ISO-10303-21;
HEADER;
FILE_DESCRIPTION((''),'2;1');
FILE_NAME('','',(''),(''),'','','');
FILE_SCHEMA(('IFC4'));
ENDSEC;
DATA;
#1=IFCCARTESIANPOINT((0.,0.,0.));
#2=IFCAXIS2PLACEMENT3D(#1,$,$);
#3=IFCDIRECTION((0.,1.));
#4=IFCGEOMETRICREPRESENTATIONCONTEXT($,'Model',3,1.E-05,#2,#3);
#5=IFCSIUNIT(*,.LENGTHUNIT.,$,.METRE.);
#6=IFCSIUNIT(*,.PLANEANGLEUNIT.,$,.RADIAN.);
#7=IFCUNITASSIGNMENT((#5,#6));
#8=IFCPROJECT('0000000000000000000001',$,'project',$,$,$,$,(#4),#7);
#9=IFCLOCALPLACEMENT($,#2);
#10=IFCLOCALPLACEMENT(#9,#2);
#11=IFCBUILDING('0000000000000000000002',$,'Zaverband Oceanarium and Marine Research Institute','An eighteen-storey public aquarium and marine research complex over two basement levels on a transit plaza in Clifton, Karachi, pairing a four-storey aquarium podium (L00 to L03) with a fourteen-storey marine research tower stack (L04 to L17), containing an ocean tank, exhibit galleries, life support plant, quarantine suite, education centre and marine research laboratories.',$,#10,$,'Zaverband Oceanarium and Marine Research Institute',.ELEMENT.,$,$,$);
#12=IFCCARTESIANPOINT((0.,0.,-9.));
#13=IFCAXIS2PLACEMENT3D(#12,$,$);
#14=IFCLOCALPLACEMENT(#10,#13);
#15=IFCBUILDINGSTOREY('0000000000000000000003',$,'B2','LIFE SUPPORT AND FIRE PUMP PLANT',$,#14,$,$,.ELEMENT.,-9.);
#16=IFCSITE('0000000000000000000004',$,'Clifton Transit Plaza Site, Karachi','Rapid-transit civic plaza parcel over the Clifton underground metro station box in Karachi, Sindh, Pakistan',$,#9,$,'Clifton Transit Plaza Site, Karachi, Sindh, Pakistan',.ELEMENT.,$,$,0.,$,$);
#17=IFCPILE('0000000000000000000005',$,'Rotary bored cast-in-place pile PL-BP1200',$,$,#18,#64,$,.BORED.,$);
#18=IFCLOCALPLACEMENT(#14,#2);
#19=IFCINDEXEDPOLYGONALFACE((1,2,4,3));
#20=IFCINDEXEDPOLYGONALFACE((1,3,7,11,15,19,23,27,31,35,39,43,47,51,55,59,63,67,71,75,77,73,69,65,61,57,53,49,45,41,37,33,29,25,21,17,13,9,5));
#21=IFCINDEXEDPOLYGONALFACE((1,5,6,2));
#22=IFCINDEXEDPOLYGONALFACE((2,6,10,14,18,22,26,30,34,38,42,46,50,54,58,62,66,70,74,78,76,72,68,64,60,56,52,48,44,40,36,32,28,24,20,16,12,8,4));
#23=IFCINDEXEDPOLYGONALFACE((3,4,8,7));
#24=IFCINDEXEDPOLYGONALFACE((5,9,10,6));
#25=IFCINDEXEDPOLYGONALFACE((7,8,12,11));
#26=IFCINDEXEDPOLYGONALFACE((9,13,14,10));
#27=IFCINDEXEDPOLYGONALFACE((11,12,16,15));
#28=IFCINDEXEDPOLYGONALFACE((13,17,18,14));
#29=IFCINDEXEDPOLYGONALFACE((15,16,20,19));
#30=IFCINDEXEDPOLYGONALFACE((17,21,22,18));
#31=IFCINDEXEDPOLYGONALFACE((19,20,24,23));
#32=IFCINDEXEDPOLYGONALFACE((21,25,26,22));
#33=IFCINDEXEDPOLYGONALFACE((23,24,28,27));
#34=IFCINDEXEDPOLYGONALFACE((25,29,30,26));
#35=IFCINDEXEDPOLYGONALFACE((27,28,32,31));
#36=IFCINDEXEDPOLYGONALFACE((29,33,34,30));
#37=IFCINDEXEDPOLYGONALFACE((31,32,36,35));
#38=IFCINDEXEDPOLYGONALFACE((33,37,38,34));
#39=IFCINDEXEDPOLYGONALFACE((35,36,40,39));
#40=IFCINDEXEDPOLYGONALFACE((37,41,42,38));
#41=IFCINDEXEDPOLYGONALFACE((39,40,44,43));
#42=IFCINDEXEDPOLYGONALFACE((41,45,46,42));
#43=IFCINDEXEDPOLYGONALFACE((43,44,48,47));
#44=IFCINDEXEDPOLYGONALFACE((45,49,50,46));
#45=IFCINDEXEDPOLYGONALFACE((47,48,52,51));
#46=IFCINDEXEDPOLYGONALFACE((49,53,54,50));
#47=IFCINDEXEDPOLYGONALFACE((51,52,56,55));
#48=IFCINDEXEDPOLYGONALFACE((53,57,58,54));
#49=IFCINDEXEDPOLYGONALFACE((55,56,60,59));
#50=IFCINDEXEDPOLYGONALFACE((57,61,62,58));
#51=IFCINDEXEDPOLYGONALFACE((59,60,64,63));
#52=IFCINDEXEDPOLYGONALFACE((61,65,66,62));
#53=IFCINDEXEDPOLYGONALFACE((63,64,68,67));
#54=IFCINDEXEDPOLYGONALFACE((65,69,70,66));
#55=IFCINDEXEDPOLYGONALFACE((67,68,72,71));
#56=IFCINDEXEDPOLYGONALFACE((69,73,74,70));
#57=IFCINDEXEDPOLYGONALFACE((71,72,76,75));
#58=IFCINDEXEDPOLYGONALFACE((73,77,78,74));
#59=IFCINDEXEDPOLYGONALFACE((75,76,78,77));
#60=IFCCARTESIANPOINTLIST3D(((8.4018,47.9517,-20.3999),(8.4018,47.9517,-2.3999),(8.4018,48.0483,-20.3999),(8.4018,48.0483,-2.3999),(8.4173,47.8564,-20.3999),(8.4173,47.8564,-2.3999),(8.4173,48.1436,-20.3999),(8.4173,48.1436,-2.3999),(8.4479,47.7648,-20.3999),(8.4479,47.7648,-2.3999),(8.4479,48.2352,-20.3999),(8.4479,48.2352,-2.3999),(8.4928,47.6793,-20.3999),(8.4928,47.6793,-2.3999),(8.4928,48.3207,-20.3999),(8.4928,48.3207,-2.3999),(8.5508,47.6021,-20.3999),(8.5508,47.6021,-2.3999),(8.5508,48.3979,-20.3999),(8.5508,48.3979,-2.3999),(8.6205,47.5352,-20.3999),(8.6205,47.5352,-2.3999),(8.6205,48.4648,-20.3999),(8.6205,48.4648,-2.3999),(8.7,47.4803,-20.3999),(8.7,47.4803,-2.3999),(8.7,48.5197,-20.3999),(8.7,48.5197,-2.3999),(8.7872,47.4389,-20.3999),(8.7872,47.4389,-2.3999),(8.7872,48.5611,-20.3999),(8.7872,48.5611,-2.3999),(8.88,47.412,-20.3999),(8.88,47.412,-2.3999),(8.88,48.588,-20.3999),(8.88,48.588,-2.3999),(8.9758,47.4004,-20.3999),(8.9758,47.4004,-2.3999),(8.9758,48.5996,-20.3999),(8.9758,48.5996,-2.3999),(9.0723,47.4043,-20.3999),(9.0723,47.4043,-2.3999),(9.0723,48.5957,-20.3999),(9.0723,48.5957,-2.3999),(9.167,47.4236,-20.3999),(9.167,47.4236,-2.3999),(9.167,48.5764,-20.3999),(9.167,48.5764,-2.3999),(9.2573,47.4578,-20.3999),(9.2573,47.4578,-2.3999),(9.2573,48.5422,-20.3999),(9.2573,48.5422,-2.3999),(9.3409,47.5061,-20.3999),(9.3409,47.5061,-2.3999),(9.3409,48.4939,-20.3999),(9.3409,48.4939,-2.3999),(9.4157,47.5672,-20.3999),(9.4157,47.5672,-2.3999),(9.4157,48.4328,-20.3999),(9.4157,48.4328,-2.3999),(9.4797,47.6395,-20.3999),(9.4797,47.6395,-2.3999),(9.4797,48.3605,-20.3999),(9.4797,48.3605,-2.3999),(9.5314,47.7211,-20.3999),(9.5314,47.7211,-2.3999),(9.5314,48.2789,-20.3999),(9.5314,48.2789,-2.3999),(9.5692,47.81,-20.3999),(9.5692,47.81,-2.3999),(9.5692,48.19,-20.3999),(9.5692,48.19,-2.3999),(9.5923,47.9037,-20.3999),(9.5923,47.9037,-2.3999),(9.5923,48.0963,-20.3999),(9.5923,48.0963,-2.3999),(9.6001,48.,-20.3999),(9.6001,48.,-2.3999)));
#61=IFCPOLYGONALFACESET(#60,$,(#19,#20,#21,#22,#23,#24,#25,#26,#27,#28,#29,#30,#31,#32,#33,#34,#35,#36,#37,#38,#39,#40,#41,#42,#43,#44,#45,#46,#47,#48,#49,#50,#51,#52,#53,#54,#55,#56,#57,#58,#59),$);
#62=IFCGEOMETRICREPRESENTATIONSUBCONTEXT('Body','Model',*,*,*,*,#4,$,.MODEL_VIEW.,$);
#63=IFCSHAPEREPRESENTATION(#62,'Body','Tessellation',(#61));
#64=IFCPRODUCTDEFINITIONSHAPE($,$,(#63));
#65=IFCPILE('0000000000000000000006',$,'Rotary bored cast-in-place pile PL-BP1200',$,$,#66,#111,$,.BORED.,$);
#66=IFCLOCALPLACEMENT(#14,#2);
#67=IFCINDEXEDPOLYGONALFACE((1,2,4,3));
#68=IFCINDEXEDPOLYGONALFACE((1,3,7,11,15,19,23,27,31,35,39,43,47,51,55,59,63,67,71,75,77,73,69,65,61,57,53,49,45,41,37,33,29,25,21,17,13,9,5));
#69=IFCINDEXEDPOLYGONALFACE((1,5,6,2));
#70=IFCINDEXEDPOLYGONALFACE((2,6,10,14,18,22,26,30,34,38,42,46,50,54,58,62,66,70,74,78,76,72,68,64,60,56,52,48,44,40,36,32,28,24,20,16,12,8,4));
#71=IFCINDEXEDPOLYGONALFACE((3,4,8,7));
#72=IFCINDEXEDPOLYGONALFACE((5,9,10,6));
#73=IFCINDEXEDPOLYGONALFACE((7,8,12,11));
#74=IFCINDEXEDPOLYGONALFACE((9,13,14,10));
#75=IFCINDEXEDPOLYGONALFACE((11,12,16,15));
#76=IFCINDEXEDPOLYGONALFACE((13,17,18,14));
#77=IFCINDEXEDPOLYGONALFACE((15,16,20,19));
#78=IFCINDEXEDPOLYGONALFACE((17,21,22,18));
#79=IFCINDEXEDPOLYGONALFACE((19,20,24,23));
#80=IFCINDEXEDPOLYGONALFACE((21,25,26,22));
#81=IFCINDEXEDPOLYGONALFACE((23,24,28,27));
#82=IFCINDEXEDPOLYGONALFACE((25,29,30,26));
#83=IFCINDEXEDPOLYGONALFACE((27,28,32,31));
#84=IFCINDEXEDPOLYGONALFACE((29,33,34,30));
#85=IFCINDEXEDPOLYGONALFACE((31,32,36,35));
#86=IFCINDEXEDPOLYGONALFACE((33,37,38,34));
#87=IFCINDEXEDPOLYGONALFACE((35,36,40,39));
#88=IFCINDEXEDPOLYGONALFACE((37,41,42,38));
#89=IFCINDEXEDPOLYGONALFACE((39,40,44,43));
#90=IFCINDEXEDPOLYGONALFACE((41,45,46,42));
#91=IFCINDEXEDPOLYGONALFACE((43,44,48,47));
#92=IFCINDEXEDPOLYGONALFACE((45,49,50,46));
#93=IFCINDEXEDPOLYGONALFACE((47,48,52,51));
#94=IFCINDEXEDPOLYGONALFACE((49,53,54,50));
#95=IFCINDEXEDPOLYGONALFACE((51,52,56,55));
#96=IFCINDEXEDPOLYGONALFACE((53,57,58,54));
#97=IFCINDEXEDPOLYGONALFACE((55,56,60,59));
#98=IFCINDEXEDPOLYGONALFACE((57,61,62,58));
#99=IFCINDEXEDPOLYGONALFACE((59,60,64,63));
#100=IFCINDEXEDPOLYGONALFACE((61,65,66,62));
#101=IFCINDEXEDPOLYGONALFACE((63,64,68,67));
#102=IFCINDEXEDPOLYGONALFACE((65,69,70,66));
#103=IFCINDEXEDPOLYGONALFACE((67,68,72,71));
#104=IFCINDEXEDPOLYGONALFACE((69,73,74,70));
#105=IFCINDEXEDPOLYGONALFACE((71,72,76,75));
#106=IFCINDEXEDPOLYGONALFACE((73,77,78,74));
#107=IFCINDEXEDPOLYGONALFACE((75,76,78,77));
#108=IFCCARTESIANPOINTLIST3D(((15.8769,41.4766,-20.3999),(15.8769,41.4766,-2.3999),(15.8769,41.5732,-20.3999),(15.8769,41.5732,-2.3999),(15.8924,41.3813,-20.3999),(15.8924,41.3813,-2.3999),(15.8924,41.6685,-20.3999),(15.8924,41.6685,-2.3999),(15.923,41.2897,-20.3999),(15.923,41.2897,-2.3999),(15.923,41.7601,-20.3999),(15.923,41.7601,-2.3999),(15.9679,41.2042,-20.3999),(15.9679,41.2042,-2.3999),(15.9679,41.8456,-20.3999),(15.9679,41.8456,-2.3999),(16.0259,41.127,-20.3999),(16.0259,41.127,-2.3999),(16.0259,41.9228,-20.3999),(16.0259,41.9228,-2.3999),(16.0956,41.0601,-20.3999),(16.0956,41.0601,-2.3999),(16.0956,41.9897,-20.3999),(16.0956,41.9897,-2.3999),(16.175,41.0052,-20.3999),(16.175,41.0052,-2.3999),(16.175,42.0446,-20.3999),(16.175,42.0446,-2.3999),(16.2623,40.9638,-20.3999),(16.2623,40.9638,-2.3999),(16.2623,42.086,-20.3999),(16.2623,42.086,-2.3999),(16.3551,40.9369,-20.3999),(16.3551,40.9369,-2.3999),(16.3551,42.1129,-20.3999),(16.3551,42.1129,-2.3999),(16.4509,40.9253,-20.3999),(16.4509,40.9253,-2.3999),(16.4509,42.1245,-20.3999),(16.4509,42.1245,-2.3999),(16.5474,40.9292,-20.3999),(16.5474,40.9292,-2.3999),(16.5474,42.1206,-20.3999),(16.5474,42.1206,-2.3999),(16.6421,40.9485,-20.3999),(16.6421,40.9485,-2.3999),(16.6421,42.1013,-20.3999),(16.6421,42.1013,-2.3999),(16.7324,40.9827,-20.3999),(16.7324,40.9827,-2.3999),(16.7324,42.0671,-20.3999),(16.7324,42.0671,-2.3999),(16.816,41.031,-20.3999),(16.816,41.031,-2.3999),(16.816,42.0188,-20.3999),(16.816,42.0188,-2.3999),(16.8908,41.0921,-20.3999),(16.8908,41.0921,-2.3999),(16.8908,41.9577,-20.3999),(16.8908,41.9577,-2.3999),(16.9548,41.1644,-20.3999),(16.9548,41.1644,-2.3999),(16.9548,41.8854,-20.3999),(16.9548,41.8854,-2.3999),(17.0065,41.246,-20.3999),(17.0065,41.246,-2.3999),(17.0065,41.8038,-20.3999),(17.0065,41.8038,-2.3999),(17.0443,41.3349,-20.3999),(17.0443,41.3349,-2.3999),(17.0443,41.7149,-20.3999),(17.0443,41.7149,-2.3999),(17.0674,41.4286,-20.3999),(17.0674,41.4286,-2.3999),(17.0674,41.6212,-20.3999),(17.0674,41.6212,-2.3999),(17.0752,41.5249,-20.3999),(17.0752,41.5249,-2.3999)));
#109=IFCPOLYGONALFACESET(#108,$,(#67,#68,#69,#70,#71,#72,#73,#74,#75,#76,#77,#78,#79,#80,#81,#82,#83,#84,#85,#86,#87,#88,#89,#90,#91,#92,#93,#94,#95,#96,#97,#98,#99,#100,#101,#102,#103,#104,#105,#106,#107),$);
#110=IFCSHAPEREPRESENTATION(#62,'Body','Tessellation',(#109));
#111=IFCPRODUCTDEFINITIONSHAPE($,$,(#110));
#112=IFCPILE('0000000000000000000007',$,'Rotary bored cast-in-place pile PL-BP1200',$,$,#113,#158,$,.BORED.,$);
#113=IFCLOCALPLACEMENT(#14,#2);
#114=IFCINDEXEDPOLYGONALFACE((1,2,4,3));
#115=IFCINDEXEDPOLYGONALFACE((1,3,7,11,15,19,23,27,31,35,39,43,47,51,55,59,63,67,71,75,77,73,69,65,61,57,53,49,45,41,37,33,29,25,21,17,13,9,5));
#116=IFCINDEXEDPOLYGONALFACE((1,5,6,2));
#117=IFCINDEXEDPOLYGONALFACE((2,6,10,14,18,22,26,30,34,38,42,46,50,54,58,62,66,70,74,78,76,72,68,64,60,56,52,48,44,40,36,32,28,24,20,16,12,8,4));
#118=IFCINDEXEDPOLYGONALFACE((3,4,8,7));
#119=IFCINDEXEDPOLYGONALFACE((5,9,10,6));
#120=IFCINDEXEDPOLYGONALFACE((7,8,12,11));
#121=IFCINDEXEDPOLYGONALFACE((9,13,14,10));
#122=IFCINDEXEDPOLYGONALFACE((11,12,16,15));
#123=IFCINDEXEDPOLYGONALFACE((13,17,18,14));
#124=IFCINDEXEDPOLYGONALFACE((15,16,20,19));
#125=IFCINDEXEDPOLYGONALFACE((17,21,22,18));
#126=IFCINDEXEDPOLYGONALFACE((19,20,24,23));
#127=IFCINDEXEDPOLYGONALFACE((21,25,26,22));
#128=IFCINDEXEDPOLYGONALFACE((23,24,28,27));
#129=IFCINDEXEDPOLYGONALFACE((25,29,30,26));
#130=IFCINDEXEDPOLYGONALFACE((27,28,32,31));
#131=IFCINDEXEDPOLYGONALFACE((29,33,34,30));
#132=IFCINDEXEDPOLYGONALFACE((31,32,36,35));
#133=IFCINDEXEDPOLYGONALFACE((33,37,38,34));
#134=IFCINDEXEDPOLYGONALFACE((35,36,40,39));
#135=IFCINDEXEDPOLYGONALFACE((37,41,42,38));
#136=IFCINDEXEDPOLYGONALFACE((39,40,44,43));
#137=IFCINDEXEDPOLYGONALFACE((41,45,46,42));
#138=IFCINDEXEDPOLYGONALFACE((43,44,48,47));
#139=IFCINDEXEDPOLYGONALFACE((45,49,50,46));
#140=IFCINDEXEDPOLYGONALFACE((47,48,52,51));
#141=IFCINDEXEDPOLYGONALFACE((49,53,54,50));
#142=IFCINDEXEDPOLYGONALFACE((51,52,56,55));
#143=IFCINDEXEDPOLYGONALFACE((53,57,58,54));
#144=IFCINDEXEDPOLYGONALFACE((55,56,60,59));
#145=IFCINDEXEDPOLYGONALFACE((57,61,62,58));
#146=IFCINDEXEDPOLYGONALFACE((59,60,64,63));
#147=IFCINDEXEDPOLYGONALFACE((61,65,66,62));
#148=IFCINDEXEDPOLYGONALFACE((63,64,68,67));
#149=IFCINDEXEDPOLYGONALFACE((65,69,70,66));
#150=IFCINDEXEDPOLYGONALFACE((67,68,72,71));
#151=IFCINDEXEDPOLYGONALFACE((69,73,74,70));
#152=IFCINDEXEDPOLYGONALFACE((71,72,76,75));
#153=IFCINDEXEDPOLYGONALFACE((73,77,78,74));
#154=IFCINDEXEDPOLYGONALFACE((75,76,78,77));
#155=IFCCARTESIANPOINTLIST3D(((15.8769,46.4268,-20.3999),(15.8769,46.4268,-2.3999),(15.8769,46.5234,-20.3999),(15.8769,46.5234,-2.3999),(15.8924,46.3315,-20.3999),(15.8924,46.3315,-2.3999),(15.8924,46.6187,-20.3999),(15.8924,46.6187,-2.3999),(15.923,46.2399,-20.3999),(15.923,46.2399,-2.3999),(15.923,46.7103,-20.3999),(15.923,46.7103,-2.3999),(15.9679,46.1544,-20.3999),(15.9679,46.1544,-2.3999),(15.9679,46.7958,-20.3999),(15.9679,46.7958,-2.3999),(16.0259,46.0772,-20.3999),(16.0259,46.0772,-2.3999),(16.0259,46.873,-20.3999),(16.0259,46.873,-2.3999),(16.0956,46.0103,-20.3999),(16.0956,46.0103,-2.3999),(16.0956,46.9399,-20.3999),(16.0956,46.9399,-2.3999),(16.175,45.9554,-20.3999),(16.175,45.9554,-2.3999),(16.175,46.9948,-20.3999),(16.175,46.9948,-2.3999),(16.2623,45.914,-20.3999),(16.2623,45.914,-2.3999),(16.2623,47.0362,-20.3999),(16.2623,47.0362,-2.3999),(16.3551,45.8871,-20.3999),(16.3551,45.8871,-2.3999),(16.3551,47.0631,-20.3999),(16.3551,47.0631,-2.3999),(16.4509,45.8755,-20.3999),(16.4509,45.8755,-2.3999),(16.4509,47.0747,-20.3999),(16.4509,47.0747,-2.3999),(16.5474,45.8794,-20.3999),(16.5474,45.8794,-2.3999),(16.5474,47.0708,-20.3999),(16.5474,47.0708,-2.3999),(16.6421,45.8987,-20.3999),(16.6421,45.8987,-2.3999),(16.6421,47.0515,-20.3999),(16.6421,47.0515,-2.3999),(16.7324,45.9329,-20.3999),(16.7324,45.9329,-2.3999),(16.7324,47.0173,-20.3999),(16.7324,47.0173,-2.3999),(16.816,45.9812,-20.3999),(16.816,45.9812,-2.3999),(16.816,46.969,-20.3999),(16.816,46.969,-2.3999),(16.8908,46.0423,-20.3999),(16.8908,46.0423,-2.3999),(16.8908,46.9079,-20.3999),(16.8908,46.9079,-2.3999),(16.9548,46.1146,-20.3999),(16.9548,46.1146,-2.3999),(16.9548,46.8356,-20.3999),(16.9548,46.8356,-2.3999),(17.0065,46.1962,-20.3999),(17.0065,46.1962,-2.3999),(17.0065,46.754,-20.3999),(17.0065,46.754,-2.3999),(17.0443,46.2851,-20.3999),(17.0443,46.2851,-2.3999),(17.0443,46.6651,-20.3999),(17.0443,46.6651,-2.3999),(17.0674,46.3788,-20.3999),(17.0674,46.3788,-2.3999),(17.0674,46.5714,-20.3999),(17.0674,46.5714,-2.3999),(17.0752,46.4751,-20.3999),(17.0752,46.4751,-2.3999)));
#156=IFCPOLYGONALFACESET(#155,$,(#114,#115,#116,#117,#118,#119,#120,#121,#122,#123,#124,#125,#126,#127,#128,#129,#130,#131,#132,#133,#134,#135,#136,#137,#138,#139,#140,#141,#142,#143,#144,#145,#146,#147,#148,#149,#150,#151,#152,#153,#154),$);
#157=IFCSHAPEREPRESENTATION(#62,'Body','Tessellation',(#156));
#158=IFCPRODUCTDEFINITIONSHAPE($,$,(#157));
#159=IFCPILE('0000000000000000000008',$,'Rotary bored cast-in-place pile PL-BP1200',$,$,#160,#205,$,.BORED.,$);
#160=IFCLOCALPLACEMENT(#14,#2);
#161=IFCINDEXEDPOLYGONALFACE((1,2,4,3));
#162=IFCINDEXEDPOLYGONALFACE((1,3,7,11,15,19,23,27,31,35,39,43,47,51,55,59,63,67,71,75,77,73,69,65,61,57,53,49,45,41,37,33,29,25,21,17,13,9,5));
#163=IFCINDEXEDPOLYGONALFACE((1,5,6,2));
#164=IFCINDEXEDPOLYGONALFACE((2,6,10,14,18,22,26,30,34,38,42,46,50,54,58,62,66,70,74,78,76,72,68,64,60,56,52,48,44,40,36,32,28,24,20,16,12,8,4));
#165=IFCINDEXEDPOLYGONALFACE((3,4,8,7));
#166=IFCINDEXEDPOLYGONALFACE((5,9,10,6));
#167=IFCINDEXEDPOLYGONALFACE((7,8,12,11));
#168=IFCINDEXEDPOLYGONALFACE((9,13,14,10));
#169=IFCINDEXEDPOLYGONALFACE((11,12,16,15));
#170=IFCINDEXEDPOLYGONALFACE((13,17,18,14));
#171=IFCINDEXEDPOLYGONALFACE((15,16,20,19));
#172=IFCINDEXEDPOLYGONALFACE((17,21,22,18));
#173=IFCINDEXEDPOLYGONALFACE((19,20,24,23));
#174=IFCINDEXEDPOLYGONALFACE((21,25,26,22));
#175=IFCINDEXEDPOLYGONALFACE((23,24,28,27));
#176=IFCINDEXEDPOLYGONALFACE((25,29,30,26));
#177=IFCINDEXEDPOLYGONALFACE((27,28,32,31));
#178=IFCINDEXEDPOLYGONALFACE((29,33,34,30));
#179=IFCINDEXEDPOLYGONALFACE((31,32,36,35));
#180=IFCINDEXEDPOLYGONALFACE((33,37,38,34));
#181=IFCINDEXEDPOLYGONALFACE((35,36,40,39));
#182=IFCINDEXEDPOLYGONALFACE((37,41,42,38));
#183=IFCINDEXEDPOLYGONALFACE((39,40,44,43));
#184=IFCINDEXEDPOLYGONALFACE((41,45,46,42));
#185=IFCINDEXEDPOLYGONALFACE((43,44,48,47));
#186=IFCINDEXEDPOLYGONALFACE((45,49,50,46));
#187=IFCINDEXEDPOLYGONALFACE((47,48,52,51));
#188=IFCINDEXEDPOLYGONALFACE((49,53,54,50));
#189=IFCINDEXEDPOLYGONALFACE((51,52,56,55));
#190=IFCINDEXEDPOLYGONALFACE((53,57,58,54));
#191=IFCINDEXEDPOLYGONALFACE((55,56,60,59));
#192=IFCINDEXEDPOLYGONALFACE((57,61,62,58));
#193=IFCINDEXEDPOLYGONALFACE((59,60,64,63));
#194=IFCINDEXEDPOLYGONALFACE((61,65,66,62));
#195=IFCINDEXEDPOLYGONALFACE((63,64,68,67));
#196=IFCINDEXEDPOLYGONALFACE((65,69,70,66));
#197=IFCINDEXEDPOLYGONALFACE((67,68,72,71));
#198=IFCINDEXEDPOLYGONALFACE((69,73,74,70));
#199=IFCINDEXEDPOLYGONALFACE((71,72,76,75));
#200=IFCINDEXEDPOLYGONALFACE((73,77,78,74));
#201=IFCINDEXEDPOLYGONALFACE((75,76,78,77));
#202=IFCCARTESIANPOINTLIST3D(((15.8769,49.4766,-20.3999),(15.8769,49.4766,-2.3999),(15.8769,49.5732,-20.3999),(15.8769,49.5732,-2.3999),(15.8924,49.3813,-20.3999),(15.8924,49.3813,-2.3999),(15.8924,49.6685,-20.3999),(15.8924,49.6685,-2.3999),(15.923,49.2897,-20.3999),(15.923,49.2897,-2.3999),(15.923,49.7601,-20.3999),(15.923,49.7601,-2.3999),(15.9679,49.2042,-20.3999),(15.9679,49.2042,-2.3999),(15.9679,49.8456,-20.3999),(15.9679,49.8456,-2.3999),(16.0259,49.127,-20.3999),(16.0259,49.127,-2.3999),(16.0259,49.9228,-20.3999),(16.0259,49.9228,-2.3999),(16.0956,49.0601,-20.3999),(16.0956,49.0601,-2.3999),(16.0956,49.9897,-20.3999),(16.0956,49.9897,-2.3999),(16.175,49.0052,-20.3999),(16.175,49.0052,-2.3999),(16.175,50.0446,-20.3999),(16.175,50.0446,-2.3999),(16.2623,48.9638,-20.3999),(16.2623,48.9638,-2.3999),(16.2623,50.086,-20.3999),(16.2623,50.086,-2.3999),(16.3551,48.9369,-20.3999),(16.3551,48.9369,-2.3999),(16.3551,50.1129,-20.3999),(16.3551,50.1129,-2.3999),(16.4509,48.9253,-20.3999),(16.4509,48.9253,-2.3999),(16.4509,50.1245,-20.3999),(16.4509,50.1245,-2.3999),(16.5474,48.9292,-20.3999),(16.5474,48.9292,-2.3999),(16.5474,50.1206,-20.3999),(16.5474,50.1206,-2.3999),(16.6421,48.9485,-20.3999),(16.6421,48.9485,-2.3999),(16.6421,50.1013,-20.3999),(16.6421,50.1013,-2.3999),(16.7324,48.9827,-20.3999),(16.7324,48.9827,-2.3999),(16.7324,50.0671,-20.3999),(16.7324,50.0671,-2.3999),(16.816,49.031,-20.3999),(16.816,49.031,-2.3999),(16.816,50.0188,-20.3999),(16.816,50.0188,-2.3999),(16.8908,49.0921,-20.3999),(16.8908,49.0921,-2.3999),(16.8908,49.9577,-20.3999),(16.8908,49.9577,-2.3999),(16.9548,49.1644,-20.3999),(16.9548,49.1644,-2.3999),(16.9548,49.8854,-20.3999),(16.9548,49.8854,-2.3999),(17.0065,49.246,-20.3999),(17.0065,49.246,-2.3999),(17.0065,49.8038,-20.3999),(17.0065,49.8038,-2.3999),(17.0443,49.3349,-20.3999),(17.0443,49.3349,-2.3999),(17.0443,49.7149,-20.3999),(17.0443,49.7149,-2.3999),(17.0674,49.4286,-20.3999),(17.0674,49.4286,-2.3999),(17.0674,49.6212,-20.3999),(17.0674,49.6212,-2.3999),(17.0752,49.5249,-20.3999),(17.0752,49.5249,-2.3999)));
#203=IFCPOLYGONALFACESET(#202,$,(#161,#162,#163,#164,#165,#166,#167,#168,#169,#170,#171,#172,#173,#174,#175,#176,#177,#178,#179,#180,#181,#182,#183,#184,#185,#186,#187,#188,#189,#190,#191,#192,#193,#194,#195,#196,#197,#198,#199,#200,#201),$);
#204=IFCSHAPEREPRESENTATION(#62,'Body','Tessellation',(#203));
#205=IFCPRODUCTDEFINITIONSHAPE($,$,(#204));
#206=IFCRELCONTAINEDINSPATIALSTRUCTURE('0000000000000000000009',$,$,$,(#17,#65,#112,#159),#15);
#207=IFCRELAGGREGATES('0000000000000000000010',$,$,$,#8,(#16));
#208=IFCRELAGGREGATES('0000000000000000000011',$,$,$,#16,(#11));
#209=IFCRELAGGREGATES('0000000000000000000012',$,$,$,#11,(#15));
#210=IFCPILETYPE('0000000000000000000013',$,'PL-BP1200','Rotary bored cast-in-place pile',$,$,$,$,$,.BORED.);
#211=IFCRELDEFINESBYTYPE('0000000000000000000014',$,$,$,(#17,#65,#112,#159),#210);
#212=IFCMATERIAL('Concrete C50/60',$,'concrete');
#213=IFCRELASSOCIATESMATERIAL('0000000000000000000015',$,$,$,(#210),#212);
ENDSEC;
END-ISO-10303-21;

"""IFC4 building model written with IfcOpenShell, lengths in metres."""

from ifc_helpers import new_model, si_unit, direction, frame, origin, origin_2d, place, context, subcontext, project, spatial, circle, extrude, material, material_profile, profile_set, type_object, element, save


model = new_model("IFC4")

# Units and contexts
model_context = context("Model", 3, precision=1e-05, world=origin(), true_north=direction((0.0, 1.0)))
body_context = subcontext(model_context, "Body", "Model", "MODEL_VIEW")
ifc_project = project(units=[si_unit("LENGTHUNIT", "METRE"), si_unit("PLANEANGLEUNIT", "RADIAN")], contexts=[model_context])

# Site, building, storey
site_placement = place(None, origin())
site = spatial("IfcSite", under=ifc_project, at=site_placement, Name="Clifton Transit Plaza Site, Karachi", Description="Rapid-transit civic plaza parcel over the Clifton underground metro station box in Karachi, Sindh, Pakistan", LongName="Clifton Transit Plaza Site, Karachi, Sindh, Pakistan", CompositionType="ELEMENT", RefElevation=0.0)
building_placement = place(site_placement, origin())
building = spatial("IfcBuilding", under=site, at=building_placement, Name="Zaverband Oceanarium and Marine Research Institute", Description="An eighteen-storey public aquarium and marine research complex over two basement levels on a transit plaza in Clifton, Karachi, pairing a four-storey aquarium podium (L00 to L03) with a fourteen-storey marine research tower stack (L04 to L17), containing an ocean tank, exhibit galleries, life support plant, quarantine suite, education centre and marine research laboratories.", LongName="Zaverband Oceanarium and Marine Research Institute", CompositionType="ELEMENT")
storey_placement = place(building_placement, frame((0.0, 0.0, -9.0)))
storey = spatial("IfcBuildingStorey", under=building, at=storey_placement, Name="B2", Description="LIFE SUPPORT AND FIRE PUMP PLANT", CompositionType="ELEMENT", Elevation=-9.0)

# Shared definitions
ifc_material_1 = material(Name="Concrete C50/60", Category="concrete")

# Piles
ifc_material_profile_1 = material_profile(ifc_material_1, circle(Radius=0.6001, at=origin_2d()), Name="BP1200")
ifc_profile_set_1 = profile_set([ifc_material_profile_1], Name="Concrete C50/60")
pile_type = type_object("IfcPileType", Name="PL-BP1200", Description="Rotary bored cast-in-place pile", PredefinedType="BORED", material=ifc_profile_set_1)
for number, where, z_axis, x_axis, name in (
    (1, (9.0, 48.0, -2.3999), (0.0, 0.0, -1.0), (1.0, 0.0, 0.0), "Rotary bored cast-in-place pile PL-BP1200"),
    (2, (16.4751, 41.5249, -2.3999), (0.0, 0.0, -1.0), (1.0, 0.0, 0.0), "Rotary bored cast-in-place pile PL-BP1200"),
    (3, (16.4751, 46.4751, -2.3999), (0.0, 0.0, -1.0), (1.0, 0.0, 0.0), "Rotary bored cast-in-place pile PL-BP1200"),
    (4, (16.4751, 49.5249, -2.3999), (0.0, 0.0, -1.0), (1.0, 0.0, 0.0), "Rotary bored cast-in-place pile PL-BP1200"),
):
    element("IfcPile", number, at=place(storey_placement, frame(where, z_axis=z_axis, x_axis=x_axis)), inside=storey, type_object=pile_type, Name=name, PredefinedType="BORED", context=body_context, shape_type="SweptSolid", body=[
        extrude(circle(Radius=0.6001, at=origin_2d()), origin(), (0.0, 0.0, 1.0), 18.0),
    ])

save(model, "model.ifc")
